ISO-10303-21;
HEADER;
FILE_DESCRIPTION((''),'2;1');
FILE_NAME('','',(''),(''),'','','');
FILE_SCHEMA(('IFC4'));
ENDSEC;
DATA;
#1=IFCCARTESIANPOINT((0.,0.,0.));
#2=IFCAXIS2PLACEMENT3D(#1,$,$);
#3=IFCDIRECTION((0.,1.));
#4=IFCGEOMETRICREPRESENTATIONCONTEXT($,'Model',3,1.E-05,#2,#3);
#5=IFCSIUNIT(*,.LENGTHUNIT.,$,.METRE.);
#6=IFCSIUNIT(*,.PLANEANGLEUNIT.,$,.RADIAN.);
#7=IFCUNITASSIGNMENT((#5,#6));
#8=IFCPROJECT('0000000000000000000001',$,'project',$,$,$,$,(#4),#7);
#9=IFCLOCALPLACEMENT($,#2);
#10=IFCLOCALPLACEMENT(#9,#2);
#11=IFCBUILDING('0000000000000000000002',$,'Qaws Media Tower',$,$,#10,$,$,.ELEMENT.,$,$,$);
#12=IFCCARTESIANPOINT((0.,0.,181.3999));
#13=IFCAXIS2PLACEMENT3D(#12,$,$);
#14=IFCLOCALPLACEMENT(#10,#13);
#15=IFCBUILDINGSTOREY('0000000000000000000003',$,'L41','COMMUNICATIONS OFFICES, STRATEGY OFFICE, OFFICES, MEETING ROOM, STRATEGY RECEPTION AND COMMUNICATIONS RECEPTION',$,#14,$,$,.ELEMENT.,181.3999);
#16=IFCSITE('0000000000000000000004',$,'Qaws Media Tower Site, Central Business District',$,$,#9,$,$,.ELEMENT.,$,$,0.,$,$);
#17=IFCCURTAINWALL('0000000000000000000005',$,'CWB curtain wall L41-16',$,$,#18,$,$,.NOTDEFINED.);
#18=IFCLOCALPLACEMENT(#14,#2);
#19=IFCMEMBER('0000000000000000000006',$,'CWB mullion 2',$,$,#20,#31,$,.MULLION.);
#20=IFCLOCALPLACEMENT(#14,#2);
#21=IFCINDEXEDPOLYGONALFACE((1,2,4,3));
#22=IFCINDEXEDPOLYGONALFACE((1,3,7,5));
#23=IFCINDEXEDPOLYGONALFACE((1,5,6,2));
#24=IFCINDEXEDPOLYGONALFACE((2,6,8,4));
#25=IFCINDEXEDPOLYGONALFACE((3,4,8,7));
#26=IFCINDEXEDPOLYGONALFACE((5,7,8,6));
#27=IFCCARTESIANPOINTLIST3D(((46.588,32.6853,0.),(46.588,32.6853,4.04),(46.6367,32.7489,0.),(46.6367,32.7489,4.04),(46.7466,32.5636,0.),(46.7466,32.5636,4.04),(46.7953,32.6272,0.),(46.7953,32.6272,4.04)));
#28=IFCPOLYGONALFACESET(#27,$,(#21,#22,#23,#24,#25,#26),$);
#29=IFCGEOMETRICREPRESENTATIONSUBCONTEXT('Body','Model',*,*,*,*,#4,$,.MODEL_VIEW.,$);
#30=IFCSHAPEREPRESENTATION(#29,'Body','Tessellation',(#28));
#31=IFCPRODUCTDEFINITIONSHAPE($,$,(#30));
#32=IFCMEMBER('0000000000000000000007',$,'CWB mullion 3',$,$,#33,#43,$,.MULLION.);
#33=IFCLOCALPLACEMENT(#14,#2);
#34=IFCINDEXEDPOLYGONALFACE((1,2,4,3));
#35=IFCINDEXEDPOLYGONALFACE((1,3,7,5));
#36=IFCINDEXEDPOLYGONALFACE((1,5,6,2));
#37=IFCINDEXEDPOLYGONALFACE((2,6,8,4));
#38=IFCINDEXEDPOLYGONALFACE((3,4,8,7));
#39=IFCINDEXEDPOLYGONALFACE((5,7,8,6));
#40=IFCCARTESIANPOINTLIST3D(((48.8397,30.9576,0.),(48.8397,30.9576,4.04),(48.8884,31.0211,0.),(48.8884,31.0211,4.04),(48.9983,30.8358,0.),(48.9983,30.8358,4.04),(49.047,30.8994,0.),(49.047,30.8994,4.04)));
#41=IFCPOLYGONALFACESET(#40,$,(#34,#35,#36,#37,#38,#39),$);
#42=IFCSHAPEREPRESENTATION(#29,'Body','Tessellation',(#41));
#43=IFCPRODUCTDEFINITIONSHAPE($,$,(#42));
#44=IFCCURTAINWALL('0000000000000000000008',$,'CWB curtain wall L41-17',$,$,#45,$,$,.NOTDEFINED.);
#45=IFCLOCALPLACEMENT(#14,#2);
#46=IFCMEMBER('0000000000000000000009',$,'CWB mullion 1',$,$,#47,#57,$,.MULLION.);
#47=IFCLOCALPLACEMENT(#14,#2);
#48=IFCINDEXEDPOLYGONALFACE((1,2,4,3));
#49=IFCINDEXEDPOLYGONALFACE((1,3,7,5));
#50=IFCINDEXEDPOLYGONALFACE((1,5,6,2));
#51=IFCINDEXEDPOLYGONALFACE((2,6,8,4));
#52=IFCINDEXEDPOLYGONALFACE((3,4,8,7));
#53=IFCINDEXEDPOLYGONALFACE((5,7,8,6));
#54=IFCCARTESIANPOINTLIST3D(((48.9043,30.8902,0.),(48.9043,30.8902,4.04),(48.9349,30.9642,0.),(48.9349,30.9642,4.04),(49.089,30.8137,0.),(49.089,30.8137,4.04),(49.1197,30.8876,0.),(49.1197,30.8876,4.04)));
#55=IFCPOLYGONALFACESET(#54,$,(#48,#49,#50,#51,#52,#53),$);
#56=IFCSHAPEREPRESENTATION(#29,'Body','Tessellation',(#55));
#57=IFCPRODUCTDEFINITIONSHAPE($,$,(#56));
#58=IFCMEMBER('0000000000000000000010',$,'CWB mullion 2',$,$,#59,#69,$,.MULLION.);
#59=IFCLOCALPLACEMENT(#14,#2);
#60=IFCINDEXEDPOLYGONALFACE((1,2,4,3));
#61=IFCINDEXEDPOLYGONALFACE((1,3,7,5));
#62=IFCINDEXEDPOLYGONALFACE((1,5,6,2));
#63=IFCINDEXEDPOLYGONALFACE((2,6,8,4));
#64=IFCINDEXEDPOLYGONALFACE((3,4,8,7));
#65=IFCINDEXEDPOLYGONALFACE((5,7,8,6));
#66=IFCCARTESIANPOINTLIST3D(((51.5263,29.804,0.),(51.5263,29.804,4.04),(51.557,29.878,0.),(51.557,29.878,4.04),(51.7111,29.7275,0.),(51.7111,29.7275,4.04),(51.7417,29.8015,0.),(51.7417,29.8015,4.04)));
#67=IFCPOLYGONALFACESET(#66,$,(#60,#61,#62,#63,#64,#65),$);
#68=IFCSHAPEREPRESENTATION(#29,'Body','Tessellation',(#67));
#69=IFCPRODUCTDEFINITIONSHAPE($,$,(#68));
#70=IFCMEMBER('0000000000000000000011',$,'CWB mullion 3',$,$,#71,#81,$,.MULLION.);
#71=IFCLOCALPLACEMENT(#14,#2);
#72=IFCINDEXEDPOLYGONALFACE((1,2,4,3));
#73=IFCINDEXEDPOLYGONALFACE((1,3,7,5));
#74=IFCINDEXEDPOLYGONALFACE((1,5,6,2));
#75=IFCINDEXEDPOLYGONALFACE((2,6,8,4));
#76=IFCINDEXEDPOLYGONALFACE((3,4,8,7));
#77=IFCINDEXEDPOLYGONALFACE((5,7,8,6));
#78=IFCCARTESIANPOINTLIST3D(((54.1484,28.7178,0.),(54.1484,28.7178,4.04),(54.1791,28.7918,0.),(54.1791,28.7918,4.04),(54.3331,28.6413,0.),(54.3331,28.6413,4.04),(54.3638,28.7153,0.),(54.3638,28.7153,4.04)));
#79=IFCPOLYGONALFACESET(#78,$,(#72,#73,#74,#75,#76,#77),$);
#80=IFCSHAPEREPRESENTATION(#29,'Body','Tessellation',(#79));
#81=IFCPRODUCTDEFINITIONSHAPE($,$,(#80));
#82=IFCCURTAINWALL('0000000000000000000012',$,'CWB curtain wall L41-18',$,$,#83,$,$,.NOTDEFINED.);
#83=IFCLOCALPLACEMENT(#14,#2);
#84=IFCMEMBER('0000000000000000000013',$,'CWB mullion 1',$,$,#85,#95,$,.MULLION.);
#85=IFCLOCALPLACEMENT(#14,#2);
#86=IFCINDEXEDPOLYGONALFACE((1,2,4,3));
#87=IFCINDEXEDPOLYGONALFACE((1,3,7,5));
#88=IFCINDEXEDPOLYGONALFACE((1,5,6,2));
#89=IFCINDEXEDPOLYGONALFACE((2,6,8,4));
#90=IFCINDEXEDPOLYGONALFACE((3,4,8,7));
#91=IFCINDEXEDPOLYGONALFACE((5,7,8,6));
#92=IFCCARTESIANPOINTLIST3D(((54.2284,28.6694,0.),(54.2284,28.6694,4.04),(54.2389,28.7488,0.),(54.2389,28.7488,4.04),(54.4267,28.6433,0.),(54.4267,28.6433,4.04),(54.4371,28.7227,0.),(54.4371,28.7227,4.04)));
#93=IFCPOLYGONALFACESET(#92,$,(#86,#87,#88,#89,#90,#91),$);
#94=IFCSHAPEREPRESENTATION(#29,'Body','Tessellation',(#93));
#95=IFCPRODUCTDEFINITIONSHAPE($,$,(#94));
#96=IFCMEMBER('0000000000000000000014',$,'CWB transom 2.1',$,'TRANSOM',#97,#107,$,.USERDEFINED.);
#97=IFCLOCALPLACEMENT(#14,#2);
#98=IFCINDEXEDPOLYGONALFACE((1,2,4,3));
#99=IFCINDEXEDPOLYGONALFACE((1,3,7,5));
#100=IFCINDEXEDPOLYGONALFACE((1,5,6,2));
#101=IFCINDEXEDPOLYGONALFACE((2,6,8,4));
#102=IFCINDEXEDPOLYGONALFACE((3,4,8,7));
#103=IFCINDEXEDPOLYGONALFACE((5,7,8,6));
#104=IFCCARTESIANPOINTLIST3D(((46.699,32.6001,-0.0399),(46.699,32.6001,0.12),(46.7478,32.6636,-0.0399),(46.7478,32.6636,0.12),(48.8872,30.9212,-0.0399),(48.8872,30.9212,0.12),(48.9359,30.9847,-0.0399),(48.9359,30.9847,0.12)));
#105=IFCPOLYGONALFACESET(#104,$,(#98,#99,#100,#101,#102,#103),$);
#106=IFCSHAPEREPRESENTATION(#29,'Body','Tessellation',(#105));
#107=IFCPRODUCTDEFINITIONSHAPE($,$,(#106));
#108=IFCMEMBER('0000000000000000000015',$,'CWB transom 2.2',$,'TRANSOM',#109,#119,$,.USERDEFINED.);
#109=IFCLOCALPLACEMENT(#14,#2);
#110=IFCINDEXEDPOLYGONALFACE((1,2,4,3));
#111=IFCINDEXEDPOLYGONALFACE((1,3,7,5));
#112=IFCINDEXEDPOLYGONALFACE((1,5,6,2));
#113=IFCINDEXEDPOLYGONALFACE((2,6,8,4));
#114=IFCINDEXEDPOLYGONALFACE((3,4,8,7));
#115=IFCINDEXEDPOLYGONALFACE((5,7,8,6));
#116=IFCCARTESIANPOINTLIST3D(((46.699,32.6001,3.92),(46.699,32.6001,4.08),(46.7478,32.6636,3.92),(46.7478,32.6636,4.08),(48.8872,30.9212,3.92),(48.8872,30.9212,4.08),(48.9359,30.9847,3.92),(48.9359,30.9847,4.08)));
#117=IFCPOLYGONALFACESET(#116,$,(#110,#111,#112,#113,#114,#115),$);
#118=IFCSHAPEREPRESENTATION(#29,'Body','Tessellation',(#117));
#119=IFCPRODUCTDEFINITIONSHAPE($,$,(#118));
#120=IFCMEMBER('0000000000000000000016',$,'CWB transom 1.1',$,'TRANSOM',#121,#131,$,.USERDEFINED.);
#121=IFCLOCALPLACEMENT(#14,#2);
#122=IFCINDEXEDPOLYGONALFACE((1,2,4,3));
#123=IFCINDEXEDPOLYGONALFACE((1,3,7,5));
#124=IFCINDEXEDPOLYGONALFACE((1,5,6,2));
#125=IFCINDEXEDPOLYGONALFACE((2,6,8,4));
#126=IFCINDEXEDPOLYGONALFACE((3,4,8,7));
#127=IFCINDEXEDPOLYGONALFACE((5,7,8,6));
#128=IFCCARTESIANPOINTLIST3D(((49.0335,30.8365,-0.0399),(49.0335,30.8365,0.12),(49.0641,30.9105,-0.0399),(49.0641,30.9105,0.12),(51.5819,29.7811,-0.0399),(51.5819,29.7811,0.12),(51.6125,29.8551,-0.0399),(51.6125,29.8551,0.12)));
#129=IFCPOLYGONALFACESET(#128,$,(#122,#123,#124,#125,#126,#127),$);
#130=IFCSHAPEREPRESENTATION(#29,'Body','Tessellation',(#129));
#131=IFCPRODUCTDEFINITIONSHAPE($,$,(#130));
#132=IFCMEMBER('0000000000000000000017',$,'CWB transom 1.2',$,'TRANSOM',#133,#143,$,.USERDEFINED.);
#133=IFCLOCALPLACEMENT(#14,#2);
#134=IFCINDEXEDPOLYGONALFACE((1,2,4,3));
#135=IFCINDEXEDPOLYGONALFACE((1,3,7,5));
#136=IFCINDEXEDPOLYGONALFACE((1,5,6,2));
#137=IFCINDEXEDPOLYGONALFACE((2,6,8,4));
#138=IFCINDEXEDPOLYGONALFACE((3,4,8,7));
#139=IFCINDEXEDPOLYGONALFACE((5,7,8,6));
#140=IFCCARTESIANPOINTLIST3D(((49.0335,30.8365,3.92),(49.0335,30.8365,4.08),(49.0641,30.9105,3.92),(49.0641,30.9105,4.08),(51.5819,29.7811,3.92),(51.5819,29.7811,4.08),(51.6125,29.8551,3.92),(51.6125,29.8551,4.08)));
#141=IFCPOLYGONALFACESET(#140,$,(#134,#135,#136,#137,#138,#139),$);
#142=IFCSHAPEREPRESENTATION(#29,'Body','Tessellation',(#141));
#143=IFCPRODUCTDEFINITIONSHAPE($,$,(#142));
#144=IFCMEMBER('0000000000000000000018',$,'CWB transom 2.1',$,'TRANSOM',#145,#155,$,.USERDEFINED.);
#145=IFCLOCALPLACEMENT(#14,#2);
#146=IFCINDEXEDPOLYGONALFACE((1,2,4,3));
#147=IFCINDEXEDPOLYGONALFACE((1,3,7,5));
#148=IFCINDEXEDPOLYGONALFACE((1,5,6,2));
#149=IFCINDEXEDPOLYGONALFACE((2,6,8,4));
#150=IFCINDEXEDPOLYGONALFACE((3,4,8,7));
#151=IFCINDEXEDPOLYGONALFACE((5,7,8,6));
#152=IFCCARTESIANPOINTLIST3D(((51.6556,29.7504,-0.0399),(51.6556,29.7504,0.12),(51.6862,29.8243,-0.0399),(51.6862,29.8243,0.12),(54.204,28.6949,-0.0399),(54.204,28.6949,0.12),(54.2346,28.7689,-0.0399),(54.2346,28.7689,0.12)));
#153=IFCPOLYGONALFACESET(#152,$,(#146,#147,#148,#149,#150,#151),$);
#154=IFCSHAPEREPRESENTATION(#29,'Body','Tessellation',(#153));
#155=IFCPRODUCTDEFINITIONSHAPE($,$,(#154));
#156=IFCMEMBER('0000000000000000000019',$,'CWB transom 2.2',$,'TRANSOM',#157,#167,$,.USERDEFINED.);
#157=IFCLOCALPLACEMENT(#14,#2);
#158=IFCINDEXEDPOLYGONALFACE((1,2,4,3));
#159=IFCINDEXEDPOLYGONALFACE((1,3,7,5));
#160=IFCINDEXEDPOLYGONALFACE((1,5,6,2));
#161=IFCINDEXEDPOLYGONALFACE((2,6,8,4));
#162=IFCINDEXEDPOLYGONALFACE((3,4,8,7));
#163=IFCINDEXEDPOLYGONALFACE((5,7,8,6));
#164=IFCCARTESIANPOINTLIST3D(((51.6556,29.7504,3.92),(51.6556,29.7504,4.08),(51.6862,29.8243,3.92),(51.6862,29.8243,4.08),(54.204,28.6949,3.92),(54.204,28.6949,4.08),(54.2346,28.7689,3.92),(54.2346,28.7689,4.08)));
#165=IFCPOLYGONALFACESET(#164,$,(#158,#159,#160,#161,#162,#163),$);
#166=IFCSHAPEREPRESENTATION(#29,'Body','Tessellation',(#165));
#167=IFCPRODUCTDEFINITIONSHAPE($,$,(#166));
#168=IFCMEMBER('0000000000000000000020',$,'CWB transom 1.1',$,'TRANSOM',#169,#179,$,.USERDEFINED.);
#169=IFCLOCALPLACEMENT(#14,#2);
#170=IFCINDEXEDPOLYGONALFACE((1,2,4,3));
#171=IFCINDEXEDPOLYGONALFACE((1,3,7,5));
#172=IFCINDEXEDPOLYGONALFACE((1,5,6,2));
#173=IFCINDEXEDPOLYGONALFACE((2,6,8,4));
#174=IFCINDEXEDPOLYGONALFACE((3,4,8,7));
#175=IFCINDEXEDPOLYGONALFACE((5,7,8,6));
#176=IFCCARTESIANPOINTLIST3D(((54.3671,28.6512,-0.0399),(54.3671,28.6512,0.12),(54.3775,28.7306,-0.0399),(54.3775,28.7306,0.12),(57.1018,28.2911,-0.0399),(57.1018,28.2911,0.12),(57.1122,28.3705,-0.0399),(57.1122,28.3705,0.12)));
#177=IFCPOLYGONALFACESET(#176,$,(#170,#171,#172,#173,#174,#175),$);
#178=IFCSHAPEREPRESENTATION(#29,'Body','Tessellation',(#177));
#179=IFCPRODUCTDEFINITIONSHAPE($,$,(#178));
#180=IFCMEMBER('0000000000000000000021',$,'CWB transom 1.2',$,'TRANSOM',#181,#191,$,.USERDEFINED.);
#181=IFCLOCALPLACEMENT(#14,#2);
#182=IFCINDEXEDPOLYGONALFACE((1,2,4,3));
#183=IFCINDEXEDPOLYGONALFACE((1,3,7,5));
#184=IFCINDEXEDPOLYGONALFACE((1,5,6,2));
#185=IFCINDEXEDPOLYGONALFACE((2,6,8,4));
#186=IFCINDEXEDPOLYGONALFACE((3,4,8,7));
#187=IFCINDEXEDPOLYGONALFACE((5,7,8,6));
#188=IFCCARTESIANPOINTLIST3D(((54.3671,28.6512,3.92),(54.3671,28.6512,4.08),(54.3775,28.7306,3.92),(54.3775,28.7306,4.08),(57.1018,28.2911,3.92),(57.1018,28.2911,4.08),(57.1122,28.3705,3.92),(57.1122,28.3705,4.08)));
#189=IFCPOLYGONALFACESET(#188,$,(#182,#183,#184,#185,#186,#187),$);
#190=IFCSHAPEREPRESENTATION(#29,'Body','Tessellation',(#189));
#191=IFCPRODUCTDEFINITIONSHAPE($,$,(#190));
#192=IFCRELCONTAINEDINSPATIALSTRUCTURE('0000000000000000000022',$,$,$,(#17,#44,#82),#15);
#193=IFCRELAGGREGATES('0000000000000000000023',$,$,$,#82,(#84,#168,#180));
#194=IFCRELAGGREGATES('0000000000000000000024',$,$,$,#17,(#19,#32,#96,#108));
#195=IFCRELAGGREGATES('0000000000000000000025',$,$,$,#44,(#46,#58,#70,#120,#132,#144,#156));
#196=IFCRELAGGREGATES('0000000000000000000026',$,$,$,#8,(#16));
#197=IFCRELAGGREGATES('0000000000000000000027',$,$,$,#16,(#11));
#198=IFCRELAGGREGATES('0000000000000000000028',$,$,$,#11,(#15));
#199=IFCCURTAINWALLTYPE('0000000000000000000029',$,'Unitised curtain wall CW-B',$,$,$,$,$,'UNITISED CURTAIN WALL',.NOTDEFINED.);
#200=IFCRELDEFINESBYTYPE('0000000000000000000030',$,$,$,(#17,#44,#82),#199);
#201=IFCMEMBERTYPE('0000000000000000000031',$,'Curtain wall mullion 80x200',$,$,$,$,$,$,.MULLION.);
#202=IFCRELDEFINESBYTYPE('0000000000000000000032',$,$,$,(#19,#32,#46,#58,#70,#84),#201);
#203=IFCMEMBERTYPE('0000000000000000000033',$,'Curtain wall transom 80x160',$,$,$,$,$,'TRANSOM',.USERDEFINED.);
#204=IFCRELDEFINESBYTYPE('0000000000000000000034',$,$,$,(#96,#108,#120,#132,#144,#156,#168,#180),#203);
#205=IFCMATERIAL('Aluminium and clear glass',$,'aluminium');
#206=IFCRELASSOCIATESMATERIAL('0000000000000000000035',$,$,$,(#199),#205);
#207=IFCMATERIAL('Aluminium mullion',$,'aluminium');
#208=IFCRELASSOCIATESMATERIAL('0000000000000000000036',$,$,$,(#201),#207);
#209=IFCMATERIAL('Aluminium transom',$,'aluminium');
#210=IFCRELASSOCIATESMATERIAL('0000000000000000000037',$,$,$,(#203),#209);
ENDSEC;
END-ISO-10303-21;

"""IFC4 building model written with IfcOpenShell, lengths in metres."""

from ifc_helpers import new_model, si_unit, direction, frame, origin, origin_2d, place, context, subcontext, project, spatial, rectangle, extrude, material, material_profile, profile_set, type_object, element, aggregate, save


model = new_model("IFC4")

# Units and contexts
model_context = context("Model", 3, precision=1e-05, world=origin(), true_north=direction((0.0, 1.0)))
body_context = subcontext(model_context, "Body", "Model", "MODEL_VIEW")
ifc_project = project(units=[si_unit("LENGTHUNIT", "METRE"), si_unit("PLANEANGLEUNIT", "RADIAN")], contexts=[model_context])

# Site, building, storey
site_placement = place(None, origin())
site = spatial("IfcSite", under=ifc_project, at=site_placement, Name="Qaws Media Tower Site, Central Business District", CompositionType="ELEMENT", RefElevation=0.0)
building_placement = place(site_placement, origin())
building = spatial("IfcBuilding", under=site, at=building_placement, Name="Qaws Media Tower", CompositionType="ELEMENT")
storey_placement = place(building_placement, frame((0.0, 0.0, 181.3999)))
storey = spatial("IfcBuildingStorey", under=building, at=storey_placement, Name="L41", Description="COMMUNICATIONS OFFICES, STRATEGY OFFICE, OFFICES, MEETING ROOM, STRATEGY RECEPTION AND COMMUNICATIONS RECEPTION", CompositionType="ELEMENT", Elevation=181.3999)

# Curtain walls, members
ifc_material_1 = material(Name="Aluminium and clear glass", Category="aluminium")
curtain_wall_type = type_object("IfcCurtainWallType", Name="Unitised curtain wall CW-B", ElementType="UNITISED CURTAIN WALL", PredefinedType="NOTDEFINED", material=ifc_material_1)
curtain_wall_1_placement = place(storey_placement, origin())
curtain_wall_1 = element("IfcCurtainWall", 1, at=curtain_wall_1_placement, inside=storey, type_object=curtain_wall_type, Name="CWB curtain wall L41-16", PredefinedType="NOTDEFINED")
ifc_material_2 = material(Name="Aluminium mullion", Category="aluminium")
ifc_material_profile_1 = material_profile(ifc_material_2, rectangle(XDim=0.0801, YDim=0.2, at=origin_2d()), Name="80x200")
ifc_profile_set_1 = profile_set([ifc_material_profile_1], Name="Aluminium mullion")
member_type_1 = type_object("IfcMemberType", Name="Curtain wall mullion 80x200", PredefinedType="MULLION", material=ifc_profile_set_1)
member_1_placement = place(storey_placement, frame((46.6917, 32.6562, 0.0), z_axis=(0.0, 0.0, 1.0), x_axis=(0.608761, 0.793353, 0.0)))
member_1 = element("IfcMember", 2, at=member_1_placement, type_object=member_type_1, Name="CWB mullion 2", PredefinedType="MULLION", context=body_context, shape_type="SweptSolid", body=[
    extrude(rectangle(XDim=0.0801, YDim=0.2, at=origin_2d()), origin(), (0.0, 0.0, 1.0), 4.04),
])
member_2_placement = place(storey_placement, frame((48.9434, 30.9285, 0.0), z_axis=(0.0, 0.0, 1.0), x_axis=(0.608761, 0.793353, 0.0)))
member_2 = element("IfcMember", 3, at=member_2_placement, type_object=member_type_1, Name="CWB mullion 3", PredefinedType="MULLION", context=body_context, shape_type="SweptSolid", body=[
    extrude(rectangle(XDim=0.0801, YDim=0.2, at=origin_2d()), origin(), (0.0, 0.0, 1.0), 4.04),
])
curtain_wall_2_placement = place(storey_placement, origin())
curtain_wall_2 = element("IfcCurtainWall", 4, at=curtain_wall_2_placement, inside=storey, type_object=curtain_wall_type, Name="CWB curtain wall L41-17", PredefinedType="NOTDEFINED")
member_3_placement = place(storey_placement, frame((49.012, 30.8889, 0.0), z_axis=(0.0, 0.0, 1.0), x_axis=(0.382683, 0.92388, 0.0)))
member_3 = element("IfcMember", 5, at=member_3_placement, type_object=member_type_1, Name="CWB mullion 1", PredefinedType="MULLION", context=body_context, shape_type="SweptSolid", body=[
    extrude(rectangle(XDim=0.0801, YDim=0.2, at=origin_2d()), origin(), (0.0, 0.0, 1.0), 4.04),
])
member_4_placement = place(storey_placement, frame((51.634, 29.8027, 0.0), z_axis=(0.0, 0.0, 1.0), x_axis=(0.382683, 0.92388, 0.0)))
member_4 = element("IfcMember", 6, at=member_4_placement, type_object=member_type_1, Name="CWB mullion 2", PredefinedType="MULLION", context=body_context, shape_type="SweptSolid", body=[
    extrude(rectangle(XDim=0.0801, YDim=0.2, at=origin_2d()), origin(), (0.0, 0.0, 1.0), 4.04),
])
member_5_placement = place(storey_placement, frame((54.2561, 28.7166, 0.0), z_axis=(0.0, 0.0, 1.0), x_axis=(0.382683, 0.92388, 0.0)))
member_5 = element("IfcMember", 7, at=member_5_placement, type_object=member_type_1, Name="CWB mullion 3", PredefinedType="MULLION", context=body_context, shape_type="SweptSolid", body=[
    extrude(rectangle(XDim=0.0801, YDim=0.2, at=origin_2d()), origin(), (0.0, 0.0, 1.0), 4.04),
])

# Curtain wall, member
curtain_wall_3_placement = place(storey_placement, origin())
curtain_wall_3 = element("IfcCurtainWall", 8, at=curtain_wall_3_placement, inside=storey, type_object=curtain_wall_type, Name="CWB curtain wall L41-18", PredefinedType="NOTDEFINED")
member_6_placement = place(storey_placement, frame((54.3328, 28.696, 0.0), z_axis=(0.0, 0.0, 1.0), x_axis=(0.130526, 0.991445, 0.0)))
member_6 = element("IfcMember", 9, at=member_6_placement, type_object=member_type_1, Name="CWB mullion 1", PredefinedType="MULLION", context=body_context, shape_type="SweptSolid", body=[
    extrude(rectangle(XDim=0.0801, YDim=0.2, at=origin_2d()), origin(), (0.0, 0.0, 1.0), 4.04),
])

# Members
ifc_material_3 = material(Name="Aluminium transom", Category="aluminium")
ifc_material_profile_2 = material_profile(ifc_material_3, rectangle(XDim=0.0801, YDim=0.1599, at=origin_2d()), Name="80x160")
ifc_profile_set_2 = profile_set([ifc_material_profile_2], Name="Aluminium transom")
member_type_2 = type_object("IfcMemberType", Name="Curtain wall transom 80x160", ElementType="TRANSOM", PredefinedType="USERDEFINED", material=ifc_profile_set_2)
member_7_placement = place(storey_placement, frame((46.7234, 32.6318, 0.04), z_axis=(0.793377, -0.608731, 0.0), x_axis=(0.608731, 0.793377, 0.0)))
member_7 = element("IfcMember", 10, at=member_7_placement, type_object=member_type_2, Name="CWB transom 2.1", ObjectType="TRANSOM", PredefinedType="USERDEFINED", context=body_context, shape_type="SweptSolid", body=[
    extrude(rectangle(XDim=0.0801, YDim=0.1599, at=origin_2d()), origin(), (0.0, 0.0, 1.0), 2.7581),
])
member_8_placement = place(storey_placement, frame((46.7234, 32.6318, 4.0), z_axis=(0.793377, -0.608731, 0.0), x_axis=(0.608731, 0.793377, 0.0)))
member_8 = element("IfcMember", 11, at=member_8_placement, type_object=member_type_2, Name="CWB transom 2.2", ObjectType="TRANSOM", PredefinedType="USERDEFINED", context=body_context, shape_type="SweptSolid", body=[
    extrude(rectangle(XDim=0.0801, YDim=0.1599, at=origin_2d()), origin(), (0.0, 0.0, 1.0), 2.7581),
])
member_9_placement = place(storey_placement, frame((49.0488, 30.8735, 0.04), z_axis=(0.923897, -0.382641, 0.0), x_axis=(0.382641, 0.923897, 0.0)))
member_9 = element("IfcMember", 12, at=member_9_placement, type_object=member_type_2, Name="CWB transom 1.1", ObjectType="TRANSOM", PredefinedType="USERDEFINED", context=body_context, shape_type="SweptSolid", body=[
    extrude(rectangle(XDim=0.0801, YDim=0.1599, at=origin_2d()), origin(), (0.0, 0.0, 1.0), 2.7583),
])
member_10_placement = place(storey_placement, frame((49.0488, 30.8735, 4.0), z_axis=(0.923897, -0.382641, 0.0), x_axis=(0.382641, 0.923897, 0.0)))
member_10 = element("IfcMember", 13, at=member_10_placement, type_object=member_type_2, Name="CWB transom 1.2", ObjectType="TRANSOM", PredefinedType="USERDEFINED", context=body_context, shape_type="SweptSolid", body=[
    extrude(rectangle(XDim=0.0801, YDim=0.1599, at=origin_2d()), origin(), (0.0, 0.0, 1.0), 2.7583),
])
member_11_placement = place(storey_placement, frame((51.6709, 29.7874, 0.04), z_axis=(0.923897, -0.382641, 0.0), x_axis=(0.382641, 0.923897, 0.0)))
member_11 = element("IfcMember", 14, at=member_11_placement, type_object=member_type_2, Name="CWB transom 2.1", ObjectType="TRANSOM", PredefinedType="USERDEFINED", context=body_context, shape_type="SweptSolid", body=[
    extrude(rectangle(XDim=0.0801, YDim=0.1599, at=origin_2d()), origin(), (0.0, 0.0, 1.0), 2.7583),
])
member_12_placement = place(storey_placement, frame((51.6709, 29.7874, 4.0), z_axis=(0.923897, -0.382641, 0.0), x_axis=(0.382641, 0.923897, 0.0)))
member_12 = element("IfcMember", 15, at=member_12_placement, type_object=member_type_2, Name="CWB transom 2.2", ObjectType="TRANSOM", PredefinedType="USERDEFINED", context=body_context, shape_type="SweptSolid", body=[
    extrude(rectangle(XDim=0.0801, YDim=0.1599, at=origin_2d()), origin(), (0.0, 0.0, 1.0), 2.7583),
])
member_13_placement = place(storey_placement, frame((54.3723, 28.6909, 0.04), z_axis=(0.991441, -0.130558, 0.0), x_axis=(0.130558, 0.991441, 0.0)))
member_13 = element("IfcMember", 16, at=member_13_placement, type_object=member_type_2, Name="CWB transom 1.1", ObjectType="TRANSOM", PredefinedType="USERDEFINED", context=body_context, shape_type="SweptSolid", body=[
    extrude(rectangle(XDim=0.0801, YDim=0.1599, at=origin_2d()), origin(), (0.0, 0.0, 1.0), 2.7583),
])
member_14_placement = place(storey_placement, frame((54.3723, 28.6909, 4.0), z_axis=(0.991441, -0.130558, 0.0), x_axis=(0.130558, 0.991441, 0.0)))
member_14 = element("IfcMember", 17, at=member_14_placement, type_object=member_type_2, Name="CWB transom 1.2", ObjectType="TRANSOM", PredefinedType="USERDEFINED", context=body_context, shape_type="SweptSolid", body=[
    extrude(rectangle(XDim=0.0801, YDim=0.1599, at=origin_2d()), origin(), (0.0, 0.0, 1.0), 2.7583),
])
aggregate(curtain_wall_3, [member_6, member_13, member_14])

aggregate(curtain_wall_1, [member_1, member_2, member_7, member_8])
aggregate(curtain_wall_2, [member_3, member_4, member_5, member_9, member_10, member_11, member_12])

save(model, "model.ifc")
